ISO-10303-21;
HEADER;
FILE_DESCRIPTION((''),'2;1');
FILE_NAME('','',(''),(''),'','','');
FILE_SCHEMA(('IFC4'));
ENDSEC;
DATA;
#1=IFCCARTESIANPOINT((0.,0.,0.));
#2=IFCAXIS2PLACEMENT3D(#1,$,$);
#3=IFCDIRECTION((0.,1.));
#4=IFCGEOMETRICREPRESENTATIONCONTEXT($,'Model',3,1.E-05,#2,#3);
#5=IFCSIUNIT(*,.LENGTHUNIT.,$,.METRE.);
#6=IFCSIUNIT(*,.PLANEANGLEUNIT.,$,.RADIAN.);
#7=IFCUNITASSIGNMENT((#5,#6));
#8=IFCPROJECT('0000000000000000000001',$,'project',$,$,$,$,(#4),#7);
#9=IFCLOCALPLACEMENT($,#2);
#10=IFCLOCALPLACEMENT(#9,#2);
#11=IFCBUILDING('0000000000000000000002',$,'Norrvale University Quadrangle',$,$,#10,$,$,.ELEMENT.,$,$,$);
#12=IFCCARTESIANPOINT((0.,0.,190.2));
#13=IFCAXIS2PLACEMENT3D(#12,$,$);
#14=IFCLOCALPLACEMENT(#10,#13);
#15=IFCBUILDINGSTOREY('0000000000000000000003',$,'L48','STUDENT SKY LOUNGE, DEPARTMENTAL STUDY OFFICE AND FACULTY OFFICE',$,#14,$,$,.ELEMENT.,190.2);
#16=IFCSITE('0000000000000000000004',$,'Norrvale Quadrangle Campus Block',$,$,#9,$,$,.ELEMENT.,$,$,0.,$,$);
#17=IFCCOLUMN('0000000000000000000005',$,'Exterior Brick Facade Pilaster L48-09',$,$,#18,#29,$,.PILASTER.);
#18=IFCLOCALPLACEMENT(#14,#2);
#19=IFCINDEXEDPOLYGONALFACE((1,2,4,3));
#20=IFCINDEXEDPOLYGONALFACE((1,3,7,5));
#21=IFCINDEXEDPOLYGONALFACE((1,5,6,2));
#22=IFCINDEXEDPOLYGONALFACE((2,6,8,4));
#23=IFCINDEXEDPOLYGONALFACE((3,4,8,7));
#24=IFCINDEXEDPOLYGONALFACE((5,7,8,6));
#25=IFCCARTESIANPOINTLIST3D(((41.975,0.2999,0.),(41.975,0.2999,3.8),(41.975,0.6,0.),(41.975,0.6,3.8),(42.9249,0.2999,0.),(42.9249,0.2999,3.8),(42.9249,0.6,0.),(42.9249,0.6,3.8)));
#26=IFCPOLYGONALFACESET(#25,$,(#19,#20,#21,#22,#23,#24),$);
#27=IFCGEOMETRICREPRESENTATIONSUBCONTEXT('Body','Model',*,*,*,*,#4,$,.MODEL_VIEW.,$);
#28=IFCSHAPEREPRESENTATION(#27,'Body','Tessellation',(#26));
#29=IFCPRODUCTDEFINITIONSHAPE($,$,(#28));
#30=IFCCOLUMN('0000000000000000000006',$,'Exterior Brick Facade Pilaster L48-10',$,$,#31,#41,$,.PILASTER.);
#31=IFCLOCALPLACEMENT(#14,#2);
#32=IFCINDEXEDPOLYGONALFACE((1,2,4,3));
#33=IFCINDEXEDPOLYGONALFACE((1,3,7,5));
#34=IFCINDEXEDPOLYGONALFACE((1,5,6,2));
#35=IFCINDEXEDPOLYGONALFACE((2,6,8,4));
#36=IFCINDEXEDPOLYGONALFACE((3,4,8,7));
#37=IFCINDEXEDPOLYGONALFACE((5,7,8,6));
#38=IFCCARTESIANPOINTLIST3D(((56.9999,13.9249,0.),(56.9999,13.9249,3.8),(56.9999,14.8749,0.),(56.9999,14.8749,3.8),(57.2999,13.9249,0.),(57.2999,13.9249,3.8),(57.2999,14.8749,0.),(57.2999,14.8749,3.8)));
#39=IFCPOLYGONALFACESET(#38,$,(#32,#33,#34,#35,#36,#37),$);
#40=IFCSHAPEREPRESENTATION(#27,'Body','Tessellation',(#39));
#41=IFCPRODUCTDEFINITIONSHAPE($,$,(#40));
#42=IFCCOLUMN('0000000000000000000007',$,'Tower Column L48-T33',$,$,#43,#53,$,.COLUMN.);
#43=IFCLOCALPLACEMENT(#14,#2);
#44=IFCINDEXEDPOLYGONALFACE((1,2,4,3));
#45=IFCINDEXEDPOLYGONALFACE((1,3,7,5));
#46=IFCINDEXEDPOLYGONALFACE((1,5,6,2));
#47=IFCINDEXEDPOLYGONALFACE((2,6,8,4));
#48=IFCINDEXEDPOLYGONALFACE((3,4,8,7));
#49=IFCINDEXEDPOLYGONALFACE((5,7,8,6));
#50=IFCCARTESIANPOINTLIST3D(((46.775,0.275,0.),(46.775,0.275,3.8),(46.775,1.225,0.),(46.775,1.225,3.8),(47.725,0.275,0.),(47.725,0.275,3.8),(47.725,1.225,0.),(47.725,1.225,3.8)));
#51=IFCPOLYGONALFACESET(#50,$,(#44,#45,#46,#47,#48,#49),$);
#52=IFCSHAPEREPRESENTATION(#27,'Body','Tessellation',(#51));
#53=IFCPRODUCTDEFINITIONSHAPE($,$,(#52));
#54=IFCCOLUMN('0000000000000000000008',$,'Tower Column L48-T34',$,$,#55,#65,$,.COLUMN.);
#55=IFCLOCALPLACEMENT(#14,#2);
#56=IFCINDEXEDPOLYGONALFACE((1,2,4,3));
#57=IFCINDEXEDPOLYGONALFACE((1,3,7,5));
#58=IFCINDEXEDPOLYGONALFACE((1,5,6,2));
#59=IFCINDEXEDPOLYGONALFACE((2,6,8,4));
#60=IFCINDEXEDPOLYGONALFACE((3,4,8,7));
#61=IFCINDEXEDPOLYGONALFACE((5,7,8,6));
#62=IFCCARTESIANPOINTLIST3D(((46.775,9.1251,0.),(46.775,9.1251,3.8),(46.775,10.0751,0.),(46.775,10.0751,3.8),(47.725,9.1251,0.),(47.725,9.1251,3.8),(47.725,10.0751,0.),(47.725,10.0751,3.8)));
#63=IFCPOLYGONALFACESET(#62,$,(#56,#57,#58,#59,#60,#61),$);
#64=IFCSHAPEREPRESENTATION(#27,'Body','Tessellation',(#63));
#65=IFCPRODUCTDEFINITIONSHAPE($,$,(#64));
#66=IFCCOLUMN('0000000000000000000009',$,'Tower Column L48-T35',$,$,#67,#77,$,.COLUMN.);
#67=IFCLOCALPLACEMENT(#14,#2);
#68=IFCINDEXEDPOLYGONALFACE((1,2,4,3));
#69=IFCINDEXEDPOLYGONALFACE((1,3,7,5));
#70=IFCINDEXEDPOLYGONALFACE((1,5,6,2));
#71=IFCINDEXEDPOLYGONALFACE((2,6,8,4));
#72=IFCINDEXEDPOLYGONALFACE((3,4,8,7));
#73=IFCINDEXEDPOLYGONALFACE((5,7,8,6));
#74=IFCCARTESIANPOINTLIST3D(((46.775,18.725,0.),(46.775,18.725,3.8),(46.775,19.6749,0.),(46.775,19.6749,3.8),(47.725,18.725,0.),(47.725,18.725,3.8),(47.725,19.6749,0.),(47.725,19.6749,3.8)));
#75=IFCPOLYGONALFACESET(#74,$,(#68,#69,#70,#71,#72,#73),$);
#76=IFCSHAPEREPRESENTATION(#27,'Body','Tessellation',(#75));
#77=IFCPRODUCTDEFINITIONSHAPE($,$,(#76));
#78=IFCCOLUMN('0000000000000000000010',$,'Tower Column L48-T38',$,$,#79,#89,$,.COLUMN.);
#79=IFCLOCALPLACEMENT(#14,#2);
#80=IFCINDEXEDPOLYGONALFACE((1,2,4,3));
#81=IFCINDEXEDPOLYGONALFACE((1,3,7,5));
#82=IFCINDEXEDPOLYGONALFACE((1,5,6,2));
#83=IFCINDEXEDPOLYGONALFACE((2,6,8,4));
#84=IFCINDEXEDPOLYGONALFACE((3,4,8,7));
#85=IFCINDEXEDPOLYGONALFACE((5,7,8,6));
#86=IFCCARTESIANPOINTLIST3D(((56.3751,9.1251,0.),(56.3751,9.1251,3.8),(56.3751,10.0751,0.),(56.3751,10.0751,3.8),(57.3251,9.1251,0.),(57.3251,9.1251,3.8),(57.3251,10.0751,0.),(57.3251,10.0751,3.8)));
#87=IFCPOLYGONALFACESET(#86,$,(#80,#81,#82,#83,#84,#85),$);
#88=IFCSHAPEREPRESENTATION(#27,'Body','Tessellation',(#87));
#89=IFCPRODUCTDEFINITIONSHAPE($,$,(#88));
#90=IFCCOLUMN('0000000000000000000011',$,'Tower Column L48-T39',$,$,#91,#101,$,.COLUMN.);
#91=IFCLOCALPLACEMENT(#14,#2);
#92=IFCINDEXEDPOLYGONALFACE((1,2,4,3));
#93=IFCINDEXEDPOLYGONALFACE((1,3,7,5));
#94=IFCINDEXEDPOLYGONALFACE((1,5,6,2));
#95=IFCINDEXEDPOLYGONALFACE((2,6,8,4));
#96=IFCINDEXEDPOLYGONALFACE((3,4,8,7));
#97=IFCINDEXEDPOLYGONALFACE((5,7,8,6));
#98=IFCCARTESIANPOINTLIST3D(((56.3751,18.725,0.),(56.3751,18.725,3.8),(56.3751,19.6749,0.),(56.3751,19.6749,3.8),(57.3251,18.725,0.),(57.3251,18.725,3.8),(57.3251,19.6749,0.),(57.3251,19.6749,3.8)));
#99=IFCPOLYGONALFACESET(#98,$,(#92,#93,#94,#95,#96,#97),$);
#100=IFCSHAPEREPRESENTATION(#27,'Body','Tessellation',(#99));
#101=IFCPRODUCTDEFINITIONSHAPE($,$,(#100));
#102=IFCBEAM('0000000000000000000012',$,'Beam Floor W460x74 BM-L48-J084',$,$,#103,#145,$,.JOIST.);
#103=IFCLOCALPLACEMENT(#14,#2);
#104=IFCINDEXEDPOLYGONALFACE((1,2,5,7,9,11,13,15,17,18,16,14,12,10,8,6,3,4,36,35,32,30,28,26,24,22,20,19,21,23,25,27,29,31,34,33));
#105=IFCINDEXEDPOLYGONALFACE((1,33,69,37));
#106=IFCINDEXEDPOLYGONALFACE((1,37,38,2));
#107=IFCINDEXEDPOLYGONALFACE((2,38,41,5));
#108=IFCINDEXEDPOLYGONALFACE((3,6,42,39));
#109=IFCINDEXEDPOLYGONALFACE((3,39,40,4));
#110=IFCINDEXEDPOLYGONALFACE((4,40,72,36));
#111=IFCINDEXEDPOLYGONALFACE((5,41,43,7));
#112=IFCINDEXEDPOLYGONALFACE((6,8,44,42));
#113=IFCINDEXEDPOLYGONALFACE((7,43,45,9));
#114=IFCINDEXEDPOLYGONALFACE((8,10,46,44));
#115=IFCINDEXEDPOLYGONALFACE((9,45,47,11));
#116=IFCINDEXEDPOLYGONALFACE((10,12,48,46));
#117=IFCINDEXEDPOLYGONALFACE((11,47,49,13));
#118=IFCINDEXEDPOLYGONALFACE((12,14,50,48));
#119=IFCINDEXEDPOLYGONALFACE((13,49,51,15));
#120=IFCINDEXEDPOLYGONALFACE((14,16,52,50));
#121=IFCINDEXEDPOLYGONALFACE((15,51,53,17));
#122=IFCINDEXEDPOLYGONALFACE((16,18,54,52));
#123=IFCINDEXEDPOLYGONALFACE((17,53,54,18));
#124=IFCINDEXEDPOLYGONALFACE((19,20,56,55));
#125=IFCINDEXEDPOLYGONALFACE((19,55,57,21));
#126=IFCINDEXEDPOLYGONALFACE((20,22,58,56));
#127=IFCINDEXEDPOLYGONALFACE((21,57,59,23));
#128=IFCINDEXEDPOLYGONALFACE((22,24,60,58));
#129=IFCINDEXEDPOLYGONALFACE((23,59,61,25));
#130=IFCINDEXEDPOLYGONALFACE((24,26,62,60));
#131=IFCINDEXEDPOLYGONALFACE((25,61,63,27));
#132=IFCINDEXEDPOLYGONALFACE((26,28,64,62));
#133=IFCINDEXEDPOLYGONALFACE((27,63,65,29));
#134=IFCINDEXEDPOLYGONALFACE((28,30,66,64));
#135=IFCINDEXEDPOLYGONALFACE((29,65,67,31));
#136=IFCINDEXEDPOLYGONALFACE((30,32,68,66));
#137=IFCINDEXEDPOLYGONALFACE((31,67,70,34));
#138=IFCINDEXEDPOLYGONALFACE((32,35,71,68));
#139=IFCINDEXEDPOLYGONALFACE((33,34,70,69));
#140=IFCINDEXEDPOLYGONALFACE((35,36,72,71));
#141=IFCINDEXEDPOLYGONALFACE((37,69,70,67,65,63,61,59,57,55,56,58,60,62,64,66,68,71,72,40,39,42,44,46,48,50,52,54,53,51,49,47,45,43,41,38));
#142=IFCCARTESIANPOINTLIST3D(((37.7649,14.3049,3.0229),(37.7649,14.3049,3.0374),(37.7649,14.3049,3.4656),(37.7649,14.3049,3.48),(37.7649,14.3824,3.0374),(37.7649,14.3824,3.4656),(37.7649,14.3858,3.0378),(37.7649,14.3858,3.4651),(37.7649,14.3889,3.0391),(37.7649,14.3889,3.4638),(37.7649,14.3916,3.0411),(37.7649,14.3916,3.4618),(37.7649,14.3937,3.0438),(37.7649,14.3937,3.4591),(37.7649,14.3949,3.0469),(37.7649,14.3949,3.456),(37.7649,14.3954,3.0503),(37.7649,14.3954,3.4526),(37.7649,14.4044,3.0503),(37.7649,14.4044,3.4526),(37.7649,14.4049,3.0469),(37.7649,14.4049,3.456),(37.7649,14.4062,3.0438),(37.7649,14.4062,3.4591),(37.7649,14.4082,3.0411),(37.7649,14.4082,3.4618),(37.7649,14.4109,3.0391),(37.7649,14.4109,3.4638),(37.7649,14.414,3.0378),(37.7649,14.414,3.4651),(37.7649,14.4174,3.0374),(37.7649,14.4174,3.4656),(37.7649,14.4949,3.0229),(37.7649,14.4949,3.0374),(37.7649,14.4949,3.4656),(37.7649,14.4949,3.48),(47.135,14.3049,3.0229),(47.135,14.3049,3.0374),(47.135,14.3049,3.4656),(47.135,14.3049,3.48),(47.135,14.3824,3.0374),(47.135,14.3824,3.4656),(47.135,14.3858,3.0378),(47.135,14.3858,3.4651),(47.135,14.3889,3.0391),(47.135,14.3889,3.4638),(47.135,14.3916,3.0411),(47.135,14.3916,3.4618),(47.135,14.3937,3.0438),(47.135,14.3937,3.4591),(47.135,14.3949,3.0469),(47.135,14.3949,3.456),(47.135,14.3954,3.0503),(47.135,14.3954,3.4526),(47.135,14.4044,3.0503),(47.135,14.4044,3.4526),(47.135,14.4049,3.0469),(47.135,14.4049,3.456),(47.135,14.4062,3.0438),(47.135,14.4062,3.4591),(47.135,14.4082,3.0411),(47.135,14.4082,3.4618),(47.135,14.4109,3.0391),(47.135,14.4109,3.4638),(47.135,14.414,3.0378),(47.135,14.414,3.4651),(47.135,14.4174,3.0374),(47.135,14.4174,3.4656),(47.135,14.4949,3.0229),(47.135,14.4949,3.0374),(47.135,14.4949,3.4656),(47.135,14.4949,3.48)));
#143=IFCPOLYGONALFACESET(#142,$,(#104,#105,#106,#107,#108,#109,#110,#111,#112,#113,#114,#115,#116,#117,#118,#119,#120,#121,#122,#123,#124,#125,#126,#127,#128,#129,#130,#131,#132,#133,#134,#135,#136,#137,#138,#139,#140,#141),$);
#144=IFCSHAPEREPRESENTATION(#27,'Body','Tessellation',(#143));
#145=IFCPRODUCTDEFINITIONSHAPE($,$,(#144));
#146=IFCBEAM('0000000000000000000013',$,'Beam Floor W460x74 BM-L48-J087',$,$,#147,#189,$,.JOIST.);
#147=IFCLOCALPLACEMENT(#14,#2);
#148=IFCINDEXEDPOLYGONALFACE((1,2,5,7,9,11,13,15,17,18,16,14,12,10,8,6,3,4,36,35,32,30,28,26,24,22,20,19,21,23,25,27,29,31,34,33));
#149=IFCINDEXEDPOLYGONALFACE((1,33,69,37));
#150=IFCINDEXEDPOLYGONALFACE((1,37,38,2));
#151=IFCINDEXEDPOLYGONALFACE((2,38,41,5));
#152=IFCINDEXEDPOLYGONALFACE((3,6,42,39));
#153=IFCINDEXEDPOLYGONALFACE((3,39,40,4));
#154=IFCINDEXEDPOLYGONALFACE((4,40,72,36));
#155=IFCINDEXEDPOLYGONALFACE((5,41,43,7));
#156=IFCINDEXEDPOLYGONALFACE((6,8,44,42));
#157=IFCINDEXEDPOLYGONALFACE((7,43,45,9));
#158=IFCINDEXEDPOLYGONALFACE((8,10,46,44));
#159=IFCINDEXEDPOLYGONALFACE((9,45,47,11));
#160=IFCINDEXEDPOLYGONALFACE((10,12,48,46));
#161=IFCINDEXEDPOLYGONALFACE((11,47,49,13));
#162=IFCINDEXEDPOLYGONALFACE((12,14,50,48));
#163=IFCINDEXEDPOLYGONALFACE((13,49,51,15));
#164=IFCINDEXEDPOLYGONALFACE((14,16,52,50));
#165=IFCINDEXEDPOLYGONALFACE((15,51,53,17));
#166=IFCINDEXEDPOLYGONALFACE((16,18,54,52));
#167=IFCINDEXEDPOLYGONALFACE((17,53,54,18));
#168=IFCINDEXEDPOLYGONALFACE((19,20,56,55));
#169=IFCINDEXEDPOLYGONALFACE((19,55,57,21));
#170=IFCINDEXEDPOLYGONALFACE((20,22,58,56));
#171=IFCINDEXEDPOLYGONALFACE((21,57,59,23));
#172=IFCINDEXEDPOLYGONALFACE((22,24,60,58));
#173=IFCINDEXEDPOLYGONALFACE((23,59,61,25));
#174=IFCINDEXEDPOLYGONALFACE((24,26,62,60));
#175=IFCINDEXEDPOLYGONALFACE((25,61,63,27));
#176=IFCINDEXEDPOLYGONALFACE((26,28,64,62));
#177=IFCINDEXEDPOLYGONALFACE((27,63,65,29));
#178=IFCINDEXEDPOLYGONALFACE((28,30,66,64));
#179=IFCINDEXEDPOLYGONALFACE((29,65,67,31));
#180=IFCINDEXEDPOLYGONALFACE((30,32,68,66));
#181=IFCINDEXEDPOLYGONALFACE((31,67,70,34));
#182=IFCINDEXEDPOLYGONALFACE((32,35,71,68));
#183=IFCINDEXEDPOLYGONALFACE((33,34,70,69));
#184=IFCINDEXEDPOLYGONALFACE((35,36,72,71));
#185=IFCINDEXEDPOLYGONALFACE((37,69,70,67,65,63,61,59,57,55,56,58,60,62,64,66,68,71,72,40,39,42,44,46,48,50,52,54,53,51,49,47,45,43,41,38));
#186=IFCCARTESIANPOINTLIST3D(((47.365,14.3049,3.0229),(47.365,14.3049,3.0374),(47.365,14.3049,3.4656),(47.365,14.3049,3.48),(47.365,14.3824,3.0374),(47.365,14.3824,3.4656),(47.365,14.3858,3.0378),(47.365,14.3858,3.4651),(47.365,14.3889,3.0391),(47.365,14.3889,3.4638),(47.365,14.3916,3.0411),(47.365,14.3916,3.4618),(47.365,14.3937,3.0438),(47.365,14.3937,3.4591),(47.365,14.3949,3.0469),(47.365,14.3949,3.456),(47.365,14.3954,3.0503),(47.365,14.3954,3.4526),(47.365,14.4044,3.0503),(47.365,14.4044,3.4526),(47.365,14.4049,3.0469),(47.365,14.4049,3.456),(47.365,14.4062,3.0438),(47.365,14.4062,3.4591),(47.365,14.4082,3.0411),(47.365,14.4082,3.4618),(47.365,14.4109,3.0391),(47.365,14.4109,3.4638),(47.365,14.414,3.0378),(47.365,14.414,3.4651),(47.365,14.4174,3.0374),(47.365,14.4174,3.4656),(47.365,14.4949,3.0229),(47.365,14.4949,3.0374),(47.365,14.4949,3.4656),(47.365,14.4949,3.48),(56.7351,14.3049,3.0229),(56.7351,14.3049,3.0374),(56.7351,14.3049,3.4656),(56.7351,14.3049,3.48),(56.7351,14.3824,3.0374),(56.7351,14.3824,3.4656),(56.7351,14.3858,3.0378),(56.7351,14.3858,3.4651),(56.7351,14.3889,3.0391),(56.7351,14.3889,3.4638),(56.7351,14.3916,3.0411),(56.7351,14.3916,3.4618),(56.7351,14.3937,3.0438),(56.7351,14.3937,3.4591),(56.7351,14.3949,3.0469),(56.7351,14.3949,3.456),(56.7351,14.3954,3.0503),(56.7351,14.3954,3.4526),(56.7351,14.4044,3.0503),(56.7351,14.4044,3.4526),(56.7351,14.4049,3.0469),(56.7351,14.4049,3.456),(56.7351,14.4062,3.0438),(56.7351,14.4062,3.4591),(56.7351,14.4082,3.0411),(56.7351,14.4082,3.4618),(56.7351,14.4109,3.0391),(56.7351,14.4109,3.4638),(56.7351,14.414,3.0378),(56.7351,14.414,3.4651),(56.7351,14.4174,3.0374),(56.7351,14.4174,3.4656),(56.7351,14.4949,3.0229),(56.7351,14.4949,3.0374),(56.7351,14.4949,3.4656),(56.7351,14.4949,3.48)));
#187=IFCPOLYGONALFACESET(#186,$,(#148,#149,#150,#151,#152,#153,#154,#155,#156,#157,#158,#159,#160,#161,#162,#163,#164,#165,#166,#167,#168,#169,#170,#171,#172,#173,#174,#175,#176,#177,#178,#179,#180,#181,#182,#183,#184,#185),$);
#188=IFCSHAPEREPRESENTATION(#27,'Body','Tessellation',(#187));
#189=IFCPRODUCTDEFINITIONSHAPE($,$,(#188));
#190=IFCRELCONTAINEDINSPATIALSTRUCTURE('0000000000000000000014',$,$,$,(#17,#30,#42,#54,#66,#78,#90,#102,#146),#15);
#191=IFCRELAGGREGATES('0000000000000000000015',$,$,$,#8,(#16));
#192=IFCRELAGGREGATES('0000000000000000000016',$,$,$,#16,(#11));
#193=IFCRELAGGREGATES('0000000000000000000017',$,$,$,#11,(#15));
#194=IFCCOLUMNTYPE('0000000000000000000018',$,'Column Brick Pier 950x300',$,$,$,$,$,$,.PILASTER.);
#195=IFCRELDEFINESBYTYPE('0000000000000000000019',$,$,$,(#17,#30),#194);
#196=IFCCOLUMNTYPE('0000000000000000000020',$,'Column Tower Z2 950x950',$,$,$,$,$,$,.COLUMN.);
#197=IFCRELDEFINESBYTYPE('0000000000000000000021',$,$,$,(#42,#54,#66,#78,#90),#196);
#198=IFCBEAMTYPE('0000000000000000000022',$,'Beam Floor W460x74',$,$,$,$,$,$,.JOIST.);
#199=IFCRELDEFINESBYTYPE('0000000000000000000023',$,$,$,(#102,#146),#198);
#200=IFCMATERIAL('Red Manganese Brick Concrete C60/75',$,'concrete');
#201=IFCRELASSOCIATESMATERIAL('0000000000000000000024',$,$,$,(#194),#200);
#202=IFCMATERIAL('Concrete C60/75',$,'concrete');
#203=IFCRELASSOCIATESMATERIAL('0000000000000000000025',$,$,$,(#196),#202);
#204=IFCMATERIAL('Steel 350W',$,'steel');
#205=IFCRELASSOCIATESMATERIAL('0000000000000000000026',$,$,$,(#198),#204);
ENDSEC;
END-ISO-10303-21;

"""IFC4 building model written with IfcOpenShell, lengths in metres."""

from ifc_helpers import new_model, si_unit, direction, frame, origin, origin_2d, place, context, subcontext, project, spatial, rectangle, i_section, extrude, material, material_profile, profile_set, type_object, element, save


model = new_model("IFC4")

# Units and contexts
model_context = context("Model", 3, precision=1e-05, world=origin(), true_north=direction((0.0, 1.0)))
body_context = subcontext(model_context, "Body", "Model", "MODEL_VIEW")
ifc_project = project(units=[si_unit("LENGTHUNIT", "METRE"), si_unit("PLANEANGLEUNIT", "RADIAN")], contexts=[model_context])

# Site, building, storey
site_placement = place(None, origin())
site = spatial("IfcSite", under=ifc_project, at=site_placement, Name="Norrvale Quadrangle Campus Block", CompositionType="ELEMENT", RefElevation=0.0)
building_placement = place(site_placement, origin())
building = spatial("IfcBuilding", under=site, at=building_placement, Name="Norrvale University Quadrangle", CompositionType="ELEMENT")
storey_placement = place(building_placement, frame((0.0, 0.0, 190.2)))
storey = spatial("IfcBuildingStorey", under=building, at=storey_placement, Name="L48", Description="STUDENT SKY LOUNGE, DEPARTMENTAL STUDY OFFICE AND FACULTY OFFICE", CompositionType="ELEMENT", Elevation=190.2)

# Columns
ifc_material_1 = material(Name="Red Manganese Brick Concrete C60/75", Category="concrete")
ifc_material_profile_1 = material_profile(ifc_material_1, rectangle(XDim=0.95, YDim=0.3, at=origin_2d()), Name="Red Manganese Brick Concrete C60/75")
ifc_profile_set_1 = profile_set([ifc_material_profile_1], Name="Red Manganese Brick Concrete C60/75")
column_type_1 = type_object("IfcColumnType", Name="Column Brick Pier 950x300", PredefinedType="PILASTER", material=ifc_profile_set_1)
for number, where, z_axis, x_axis, name in (
    (1, (42.45, 0.45, 0.0), (0.0, 0.0, 1.0), (1.0, 0.0, 0.0), "Exterior Brick Facade Pilaster L48-09"),
    (2, (57.1499, 14.3999, 0.0), (0.0, 0.0, 1.0), (0.0, 1.0, 0.0), "Exterior Brick Facade Pilaster L48-10"),
):
    element("IfcColumn", number, at=place(storey_placement, frame(where, z_axis=z_axis, x_axis=x_axis)), inside=storey, type_object=column_type_1, Name=name, PredefinedType="PILASTER", context=body_context, shape_type="SweptSolid", body=[
        extrude(rectangle(XDim=0.95, YDim=0.3, at=origin_2d()), origin(), (0.0, 0.0, 1.0), 3.8),
    ])
ifc_material_2 = material(Name="Concrete C60/75", Category="concrete")
ifc_material_profile_2 = material_profile(ifc_material_2, rectangle(XDim=0.95, YDim=0.95, at=origin_2d()), Name="Concrete C60/75")
ifc_profile_set_2 = profile_set([ifc_material_profile_2], Name="Concrete C60/75")
column_type_2 = type_object("IfcColumnType", Name="Column Tower Z2 950x950", PredefinedType="COLUMN", material=ifc_profile_set_2)
for number, where, z_axis, x_axis, name in (
    (3, (47.25, 0.75, 0.0), (0.0, 0.0, 1.0), (1.0, 0.0, 0.0), "Tower Column L48-T33"),
    (4, (47.25, 9.6001, 0.0), (0.0, 0.0, 1.0), (1.0, 0.0, 0.0), "Tower Column L48-T34"),
    (5, (47.25, 19.2, 0.0), (0.0, 0.0, 1.0), (1.0, 0.0, 0.0), "Tower Column L48-T35"),
    (6, (56.8501, 9.6001, 0.0), (0.0, 0.0, 1.0), (1.0, 0.0, 0.0), "Tower Column L48-T38"),
    (7, (56.8501, 19.2, 0.0), (0.0, 0.0, 1.0), (1.0, 0.0, 0.0), "Tower Column L48-T39"),
):
    element("IfcColumn", number, at=place(storey_placement, frame(where, z_axis=z_axis, x_axis=x_axis)), inside=storey, type_object=column_type_2, Name=name, PredefinedType="COLUMN", context=body_context, shape_type="SweptSolid", body=[
        extrude(rectangle(XDim=0.95, YDim=0.95, at=origin_2d()), origin(), (0.0, 0.0, 1.0), 3.8),
    ])

# Beams
ifc_material_3 = material(Name="Steel 350W", Category="steel")
ifc_material_profile_3 = material_profile(ifc_material_3, i_section(OverallWidth=0.1899, OverallDepth=0.457, WebThickness=0.009, FlangeThickness=0.0144, FilletRadius=0.0129, at=origin_2d()), Name="Steel 350W")
ifc_profile_set_3 = profile_set([ifc_material_profile_3], Name="Steel 350W")
beam_type_1 = type_object("IfcBeamType", Name="Beam Floor W460x74", PredefinedType="JOIST", material=ifc_profile_set_3)
for number, where, z_axis, x_axis, name in (
    (8, (37.7649, 14.3999, 3.2515), (1.0, 0.0, 0.0), (0.0, 1.0, 0.0), "Beam Floor W460x74 BM-L48-J084"),
    (9, (47.365, 14.3999, 3.2515), (1.0, 0.0, 0.0), (0.0, 1.0, 0.0), "Beam Floor W460x74 BM-L48-J087"),
):
    element("IfcBeam", number, at=place(storey_placement, frame(where, z_axis=z_axis, x_axis=x_axis)), inside=storey, type_object=beam_type_1, Name=name, PredefinedType="JOIST", context=body_context, shape_type="SweptSolid", body=[
        extrude(i_section(OverallWidth=0.1899, OverallDepth=0.457, WebThickness=0.009, FlangeThickness=0.0144, FilletRadius=0.0129, at=origin_2d()), origin(), (0.0, 0.0, 1.0), 9.3701),
    ])

save(model, "model.ifc")
